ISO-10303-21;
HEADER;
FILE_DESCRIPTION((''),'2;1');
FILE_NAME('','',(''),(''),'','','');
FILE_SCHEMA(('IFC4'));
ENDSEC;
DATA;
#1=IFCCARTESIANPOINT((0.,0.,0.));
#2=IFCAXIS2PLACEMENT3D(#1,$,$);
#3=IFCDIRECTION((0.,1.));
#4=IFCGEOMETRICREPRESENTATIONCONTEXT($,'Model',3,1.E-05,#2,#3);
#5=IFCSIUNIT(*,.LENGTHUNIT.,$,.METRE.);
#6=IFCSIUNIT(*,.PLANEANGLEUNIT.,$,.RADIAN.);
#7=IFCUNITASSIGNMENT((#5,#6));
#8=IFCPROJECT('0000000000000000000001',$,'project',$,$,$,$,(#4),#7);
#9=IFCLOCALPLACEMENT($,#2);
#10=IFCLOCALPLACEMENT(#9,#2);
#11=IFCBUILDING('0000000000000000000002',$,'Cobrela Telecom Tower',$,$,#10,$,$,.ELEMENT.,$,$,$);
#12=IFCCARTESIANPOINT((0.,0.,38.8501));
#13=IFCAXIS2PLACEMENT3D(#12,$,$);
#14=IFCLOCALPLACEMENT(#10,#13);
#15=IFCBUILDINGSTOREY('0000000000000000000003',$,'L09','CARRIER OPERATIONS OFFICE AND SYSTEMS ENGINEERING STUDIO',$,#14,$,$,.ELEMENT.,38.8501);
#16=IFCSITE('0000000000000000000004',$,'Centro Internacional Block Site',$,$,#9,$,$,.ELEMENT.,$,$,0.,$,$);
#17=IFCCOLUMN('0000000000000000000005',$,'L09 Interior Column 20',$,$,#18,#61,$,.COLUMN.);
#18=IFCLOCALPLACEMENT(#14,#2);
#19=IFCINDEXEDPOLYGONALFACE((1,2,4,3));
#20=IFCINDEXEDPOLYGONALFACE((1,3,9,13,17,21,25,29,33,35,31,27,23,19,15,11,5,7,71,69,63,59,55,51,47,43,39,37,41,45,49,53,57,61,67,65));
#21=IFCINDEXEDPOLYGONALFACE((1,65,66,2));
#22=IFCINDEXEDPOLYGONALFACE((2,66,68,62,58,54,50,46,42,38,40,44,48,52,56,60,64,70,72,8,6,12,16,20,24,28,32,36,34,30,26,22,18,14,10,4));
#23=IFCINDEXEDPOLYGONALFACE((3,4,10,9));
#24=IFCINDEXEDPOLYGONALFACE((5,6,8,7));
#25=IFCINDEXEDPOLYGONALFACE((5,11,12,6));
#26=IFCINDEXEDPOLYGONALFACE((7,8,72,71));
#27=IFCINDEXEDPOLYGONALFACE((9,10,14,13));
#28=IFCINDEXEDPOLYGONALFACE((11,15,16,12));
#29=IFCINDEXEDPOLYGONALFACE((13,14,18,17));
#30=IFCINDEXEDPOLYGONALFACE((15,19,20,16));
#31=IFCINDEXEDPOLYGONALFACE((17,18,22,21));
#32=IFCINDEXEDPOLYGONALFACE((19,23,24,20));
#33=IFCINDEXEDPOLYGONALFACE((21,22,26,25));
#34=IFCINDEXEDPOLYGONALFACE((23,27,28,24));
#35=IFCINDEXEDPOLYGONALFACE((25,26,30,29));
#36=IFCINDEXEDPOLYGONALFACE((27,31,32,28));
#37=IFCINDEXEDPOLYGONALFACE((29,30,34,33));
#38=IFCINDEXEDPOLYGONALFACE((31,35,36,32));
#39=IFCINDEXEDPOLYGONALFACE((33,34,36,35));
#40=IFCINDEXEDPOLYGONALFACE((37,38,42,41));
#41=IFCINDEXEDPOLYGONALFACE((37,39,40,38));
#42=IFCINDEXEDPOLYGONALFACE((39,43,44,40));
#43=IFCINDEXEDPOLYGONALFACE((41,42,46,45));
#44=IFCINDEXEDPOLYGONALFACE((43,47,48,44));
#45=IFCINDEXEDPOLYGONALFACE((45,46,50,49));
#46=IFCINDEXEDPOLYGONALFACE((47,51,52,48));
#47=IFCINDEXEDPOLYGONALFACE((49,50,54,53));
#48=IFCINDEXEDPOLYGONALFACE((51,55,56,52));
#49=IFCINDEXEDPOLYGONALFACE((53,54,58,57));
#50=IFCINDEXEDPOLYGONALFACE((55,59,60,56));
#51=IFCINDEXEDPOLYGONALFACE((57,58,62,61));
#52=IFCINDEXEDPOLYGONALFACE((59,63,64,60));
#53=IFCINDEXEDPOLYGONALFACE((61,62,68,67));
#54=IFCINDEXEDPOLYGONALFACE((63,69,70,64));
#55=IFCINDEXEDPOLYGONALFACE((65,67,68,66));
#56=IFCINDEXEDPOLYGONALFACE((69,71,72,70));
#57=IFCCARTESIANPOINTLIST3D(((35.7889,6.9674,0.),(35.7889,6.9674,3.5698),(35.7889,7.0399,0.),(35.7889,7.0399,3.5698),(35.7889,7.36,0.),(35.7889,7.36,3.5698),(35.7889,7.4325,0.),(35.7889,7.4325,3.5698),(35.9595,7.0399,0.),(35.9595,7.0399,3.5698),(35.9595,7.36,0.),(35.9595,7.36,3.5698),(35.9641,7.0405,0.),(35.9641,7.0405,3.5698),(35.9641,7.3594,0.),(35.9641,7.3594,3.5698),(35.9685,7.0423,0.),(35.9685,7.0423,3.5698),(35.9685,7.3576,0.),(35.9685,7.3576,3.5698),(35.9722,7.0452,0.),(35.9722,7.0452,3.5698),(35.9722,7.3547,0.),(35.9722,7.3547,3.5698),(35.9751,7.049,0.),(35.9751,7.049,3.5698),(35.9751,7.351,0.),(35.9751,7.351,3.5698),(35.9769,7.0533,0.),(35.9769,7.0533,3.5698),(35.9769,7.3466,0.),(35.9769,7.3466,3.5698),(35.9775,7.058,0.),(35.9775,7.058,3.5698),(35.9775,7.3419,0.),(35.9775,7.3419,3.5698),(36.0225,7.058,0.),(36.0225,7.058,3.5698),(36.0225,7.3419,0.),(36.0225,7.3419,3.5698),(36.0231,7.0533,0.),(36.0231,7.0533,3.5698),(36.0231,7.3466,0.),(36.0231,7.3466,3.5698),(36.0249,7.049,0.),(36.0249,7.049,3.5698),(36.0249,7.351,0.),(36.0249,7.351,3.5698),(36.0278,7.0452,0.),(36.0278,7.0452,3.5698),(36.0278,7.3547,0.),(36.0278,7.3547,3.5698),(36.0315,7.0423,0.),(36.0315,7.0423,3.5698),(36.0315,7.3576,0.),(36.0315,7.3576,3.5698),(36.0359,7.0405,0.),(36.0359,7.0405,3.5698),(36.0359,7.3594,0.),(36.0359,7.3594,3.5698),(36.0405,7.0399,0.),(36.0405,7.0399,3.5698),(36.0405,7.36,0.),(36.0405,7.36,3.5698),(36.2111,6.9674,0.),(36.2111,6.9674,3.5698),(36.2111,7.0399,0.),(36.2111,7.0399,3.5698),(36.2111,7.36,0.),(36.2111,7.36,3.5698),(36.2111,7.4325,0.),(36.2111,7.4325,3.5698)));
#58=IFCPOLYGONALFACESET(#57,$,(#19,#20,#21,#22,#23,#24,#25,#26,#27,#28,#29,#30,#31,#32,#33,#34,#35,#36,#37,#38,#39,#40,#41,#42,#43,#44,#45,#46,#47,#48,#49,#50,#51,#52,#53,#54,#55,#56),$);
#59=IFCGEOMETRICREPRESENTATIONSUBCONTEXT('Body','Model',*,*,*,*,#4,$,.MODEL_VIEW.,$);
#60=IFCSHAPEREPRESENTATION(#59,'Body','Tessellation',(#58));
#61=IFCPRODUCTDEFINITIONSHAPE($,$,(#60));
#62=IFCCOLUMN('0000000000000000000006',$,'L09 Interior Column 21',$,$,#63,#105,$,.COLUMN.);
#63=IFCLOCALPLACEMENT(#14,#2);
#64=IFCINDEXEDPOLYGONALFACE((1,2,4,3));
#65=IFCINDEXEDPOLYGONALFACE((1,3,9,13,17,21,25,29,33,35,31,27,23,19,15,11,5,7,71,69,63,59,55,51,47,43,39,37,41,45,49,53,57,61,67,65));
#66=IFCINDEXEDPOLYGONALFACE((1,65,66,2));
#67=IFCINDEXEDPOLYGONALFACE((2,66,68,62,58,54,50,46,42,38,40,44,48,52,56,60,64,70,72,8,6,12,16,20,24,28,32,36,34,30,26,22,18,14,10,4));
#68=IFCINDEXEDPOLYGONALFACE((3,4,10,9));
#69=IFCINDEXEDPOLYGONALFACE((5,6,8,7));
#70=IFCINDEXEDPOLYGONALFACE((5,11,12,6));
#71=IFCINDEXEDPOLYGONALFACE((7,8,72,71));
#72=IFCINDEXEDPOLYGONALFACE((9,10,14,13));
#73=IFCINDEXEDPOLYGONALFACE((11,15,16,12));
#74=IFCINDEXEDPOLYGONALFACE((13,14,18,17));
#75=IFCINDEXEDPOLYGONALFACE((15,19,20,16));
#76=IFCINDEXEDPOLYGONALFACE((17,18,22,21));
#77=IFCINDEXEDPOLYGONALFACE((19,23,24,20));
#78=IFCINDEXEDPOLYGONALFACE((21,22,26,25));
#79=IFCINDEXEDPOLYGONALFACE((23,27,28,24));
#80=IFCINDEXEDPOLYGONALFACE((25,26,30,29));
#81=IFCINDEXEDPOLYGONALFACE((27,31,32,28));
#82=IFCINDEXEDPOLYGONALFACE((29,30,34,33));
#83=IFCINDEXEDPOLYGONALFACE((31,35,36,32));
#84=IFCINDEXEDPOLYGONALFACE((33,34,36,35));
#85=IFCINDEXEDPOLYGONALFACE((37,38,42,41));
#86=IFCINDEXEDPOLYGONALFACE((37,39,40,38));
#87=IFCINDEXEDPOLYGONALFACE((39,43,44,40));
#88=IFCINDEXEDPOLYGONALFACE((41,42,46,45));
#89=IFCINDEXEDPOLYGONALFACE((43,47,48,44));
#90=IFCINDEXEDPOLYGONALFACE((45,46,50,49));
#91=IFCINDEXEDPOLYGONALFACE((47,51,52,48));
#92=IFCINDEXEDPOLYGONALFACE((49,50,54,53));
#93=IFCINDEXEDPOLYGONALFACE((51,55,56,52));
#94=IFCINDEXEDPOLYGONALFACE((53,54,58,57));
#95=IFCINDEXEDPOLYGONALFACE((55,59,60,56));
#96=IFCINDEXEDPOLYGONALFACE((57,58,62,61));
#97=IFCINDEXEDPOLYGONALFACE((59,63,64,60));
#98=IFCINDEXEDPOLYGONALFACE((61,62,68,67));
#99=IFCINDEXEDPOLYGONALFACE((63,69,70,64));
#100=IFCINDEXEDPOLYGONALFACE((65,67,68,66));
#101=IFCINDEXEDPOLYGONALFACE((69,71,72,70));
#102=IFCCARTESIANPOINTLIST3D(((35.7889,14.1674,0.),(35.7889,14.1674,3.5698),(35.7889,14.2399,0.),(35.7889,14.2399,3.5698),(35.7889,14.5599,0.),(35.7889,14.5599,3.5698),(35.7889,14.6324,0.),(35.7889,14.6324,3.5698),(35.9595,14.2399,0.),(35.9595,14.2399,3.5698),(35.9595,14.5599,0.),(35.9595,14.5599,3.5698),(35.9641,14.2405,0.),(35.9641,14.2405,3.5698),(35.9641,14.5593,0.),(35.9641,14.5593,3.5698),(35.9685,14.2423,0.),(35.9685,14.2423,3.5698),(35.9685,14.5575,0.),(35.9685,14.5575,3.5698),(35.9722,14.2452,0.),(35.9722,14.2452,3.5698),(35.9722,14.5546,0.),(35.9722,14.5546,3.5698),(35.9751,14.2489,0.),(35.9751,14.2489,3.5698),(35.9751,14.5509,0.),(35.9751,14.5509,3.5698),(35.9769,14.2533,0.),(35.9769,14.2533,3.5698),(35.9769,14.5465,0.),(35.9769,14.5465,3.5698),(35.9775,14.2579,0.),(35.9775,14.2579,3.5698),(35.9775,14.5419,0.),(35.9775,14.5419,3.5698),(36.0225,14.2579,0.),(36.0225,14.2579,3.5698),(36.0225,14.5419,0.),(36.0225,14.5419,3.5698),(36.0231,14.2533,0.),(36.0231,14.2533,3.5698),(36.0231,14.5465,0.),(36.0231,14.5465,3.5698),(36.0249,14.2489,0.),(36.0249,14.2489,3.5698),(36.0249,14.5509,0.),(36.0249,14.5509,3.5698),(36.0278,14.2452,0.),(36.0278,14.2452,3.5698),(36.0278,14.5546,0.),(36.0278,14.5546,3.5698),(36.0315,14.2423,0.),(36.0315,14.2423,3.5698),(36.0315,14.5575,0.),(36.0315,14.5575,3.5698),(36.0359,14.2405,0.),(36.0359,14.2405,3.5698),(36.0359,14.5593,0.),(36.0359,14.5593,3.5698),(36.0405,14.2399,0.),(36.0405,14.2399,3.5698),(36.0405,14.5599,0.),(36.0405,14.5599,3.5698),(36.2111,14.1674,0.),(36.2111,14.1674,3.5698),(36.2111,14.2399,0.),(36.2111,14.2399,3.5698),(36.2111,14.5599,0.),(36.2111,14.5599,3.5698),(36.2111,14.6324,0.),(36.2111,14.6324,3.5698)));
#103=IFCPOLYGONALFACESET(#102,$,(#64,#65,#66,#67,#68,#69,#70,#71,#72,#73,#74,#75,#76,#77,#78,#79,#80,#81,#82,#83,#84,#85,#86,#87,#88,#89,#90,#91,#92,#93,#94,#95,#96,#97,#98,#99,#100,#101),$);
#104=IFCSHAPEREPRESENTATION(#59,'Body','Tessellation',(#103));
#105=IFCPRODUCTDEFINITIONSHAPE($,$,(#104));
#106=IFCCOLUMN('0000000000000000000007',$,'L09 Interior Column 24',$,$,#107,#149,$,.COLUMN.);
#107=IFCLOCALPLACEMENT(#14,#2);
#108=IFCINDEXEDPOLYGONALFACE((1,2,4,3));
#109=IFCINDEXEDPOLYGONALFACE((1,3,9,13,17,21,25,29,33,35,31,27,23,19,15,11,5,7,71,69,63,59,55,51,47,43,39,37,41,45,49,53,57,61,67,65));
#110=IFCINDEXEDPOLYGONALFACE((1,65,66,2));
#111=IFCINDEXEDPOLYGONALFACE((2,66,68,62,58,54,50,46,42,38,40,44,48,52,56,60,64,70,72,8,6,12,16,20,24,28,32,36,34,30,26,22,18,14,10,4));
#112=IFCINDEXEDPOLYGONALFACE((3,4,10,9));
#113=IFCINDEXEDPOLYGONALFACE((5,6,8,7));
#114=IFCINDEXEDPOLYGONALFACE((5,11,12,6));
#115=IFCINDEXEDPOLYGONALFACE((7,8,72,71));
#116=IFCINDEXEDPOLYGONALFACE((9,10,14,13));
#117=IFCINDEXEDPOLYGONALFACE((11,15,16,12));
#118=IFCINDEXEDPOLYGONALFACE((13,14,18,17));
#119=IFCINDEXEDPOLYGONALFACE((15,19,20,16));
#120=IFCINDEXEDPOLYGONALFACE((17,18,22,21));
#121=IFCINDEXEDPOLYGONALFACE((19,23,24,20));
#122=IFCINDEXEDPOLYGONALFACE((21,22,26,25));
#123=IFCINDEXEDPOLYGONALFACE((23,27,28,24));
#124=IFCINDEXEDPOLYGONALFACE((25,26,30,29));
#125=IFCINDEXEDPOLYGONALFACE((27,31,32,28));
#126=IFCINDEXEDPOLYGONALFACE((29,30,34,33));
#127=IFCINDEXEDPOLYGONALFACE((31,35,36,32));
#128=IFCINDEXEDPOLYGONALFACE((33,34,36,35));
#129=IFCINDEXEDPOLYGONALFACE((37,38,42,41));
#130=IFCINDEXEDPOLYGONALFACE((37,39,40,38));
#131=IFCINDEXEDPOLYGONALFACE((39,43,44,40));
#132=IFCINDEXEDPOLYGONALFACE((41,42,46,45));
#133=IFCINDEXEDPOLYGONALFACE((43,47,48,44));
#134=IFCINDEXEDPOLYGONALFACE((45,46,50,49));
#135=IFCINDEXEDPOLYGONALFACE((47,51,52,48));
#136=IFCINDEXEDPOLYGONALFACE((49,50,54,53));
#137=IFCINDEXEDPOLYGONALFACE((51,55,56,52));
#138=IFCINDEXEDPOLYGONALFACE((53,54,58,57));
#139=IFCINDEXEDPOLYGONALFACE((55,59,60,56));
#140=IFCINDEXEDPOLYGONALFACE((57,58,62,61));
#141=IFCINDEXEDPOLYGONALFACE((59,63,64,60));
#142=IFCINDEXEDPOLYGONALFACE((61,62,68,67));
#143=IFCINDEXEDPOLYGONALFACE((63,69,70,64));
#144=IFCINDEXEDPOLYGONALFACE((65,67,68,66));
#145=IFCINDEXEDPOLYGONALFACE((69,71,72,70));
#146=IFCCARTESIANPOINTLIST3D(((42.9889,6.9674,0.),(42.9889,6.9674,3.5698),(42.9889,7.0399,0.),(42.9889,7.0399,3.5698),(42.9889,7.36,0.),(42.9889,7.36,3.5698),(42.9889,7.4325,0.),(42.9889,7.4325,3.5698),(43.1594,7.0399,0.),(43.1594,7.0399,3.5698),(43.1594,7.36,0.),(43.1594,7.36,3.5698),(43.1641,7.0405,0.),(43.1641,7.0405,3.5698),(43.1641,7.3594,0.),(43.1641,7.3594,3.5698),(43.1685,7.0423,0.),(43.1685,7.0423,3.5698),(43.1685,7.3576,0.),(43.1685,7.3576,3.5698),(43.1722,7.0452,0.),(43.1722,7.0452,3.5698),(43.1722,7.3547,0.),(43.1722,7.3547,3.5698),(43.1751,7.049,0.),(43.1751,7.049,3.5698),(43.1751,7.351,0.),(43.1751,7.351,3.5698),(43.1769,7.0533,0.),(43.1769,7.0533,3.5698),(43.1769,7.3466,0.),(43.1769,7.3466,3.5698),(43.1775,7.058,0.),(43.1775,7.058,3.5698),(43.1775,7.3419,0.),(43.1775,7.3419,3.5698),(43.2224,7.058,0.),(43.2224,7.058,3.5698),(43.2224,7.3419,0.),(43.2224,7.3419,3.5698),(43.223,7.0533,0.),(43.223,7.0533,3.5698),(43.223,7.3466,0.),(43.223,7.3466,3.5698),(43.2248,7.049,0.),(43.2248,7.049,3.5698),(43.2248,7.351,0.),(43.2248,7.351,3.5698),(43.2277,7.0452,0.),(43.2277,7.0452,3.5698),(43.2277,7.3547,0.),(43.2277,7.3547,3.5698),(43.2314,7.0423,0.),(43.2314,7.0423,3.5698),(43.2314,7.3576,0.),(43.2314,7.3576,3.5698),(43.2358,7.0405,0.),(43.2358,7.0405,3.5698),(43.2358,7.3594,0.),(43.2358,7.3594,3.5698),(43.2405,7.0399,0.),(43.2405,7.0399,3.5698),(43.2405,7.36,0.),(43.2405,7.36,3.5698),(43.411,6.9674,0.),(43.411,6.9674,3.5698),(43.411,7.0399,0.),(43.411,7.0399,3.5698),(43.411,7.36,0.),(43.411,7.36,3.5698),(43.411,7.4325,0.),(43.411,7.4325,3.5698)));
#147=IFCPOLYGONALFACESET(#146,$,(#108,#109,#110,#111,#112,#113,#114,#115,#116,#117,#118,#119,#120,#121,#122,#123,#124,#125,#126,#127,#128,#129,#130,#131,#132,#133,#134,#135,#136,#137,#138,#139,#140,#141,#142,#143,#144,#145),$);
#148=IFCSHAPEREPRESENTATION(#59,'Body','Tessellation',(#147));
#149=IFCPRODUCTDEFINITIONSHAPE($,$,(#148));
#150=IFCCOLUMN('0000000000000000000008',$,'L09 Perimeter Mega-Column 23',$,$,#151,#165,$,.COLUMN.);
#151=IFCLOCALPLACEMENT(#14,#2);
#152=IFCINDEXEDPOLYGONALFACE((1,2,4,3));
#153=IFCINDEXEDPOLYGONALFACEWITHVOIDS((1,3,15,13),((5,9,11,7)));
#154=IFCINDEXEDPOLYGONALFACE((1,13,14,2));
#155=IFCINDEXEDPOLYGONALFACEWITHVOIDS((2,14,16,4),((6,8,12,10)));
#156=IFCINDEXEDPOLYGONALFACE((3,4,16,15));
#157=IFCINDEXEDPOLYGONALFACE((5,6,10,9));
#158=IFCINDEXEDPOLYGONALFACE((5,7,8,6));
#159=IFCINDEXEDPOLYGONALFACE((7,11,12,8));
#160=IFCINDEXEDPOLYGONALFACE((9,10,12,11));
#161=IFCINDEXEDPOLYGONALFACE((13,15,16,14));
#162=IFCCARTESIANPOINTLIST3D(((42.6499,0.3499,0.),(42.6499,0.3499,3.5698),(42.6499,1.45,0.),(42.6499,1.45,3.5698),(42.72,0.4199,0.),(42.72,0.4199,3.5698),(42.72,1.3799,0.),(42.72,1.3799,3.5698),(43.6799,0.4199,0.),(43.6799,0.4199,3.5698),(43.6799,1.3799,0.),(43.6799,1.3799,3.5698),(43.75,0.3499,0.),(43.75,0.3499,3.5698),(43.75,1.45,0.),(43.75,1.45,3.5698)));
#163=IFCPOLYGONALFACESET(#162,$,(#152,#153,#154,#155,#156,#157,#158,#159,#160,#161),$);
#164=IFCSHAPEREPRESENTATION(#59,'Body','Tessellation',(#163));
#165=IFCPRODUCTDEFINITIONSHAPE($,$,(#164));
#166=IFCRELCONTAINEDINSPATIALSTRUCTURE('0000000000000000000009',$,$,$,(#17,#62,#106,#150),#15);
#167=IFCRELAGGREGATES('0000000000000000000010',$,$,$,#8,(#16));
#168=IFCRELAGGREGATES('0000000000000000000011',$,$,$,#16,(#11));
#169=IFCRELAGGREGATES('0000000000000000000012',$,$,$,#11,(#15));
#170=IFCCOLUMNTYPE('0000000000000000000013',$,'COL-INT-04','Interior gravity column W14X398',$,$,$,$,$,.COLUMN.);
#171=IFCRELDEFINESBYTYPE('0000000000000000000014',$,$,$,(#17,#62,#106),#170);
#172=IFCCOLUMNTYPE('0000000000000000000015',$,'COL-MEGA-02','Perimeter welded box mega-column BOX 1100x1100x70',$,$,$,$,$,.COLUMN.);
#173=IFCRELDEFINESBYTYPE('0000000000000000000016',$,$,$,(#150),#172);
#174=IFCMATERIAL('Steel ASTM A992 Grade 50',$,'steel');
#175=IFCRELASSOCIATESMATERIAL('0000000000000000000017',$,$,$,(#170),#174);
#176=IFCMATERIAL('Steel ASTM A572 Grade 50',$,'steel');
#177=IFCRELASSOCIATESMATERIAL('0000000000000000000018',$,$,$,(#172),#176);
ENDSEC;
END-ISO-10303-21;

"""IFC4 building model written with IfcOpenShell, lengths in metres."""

from ifc_helpers import new_model, si_unit, direction, frame, origin, origin_2d, place, context, subcontext, project, spatial, hollow_rectangle, i_section, extrude, material, material_profile, profile_set, type_object, element, save


model = new_model("IFC4")

# Units and contexts
model_context = context("Model", 3, precision=1e-05, world=origin(), true_north=direction((0.0, 1.0)))
body_context = subcontext(model_context, "Body", "Model", "MODEL_VIEW")
ifc_project = project(units=[si_unit("LENGTHUNIT", "METRE"), si_unit("PLANEANGLEUNIT", "RADIAN")], contexts=[model_context])

# Site, building, storey
site_placement = place(None, origin())
site = spatial("IfcSite", under=ifc_project, at=site_placement, Name="Centro Internacional Block Site", CompositionType="ELEMENT", RefElevation=0.0)
building_placement = place(site_placement, origin())
building = spatial("IfcBuilding", under=site, at=building_placement, Name="Cobrela Telecom Tower", CompositionType="ELEMENT")
storey_placement = place(building_placement, frame((0.0, 0.0, 38.8501)))
storey = spatial("IfcBuildingStorey", under=building, at=storey_placement, Name="L09", Description="CARRIER OPERATIONS OFFICE AND SYSTEMS ENGINEERING STUDIO", CompositionType="ELEMENT", Elevation=38.8501)

# Columns
ifc_material_1 = material(Name="Steel ASTM A992 Grade 50", Category="steel")
ifc_material_profile_1 = material_profile(ifc_material_1, i_section(OverallWidth=0.4221, OverallDepth=0.4651, WebThickness=0.0449, FlangeThickness=0.0725, FilletRadius=0.0181, at=origin_2d()), Name="W14X398")
ifc_profile_set_1 = profile_set([ifc_material_profile_1], Name="Steel ASTM A992 Grade 50")
column_type_1 = type_object("IfcColumnType", Name="COL-INT-04", Description="Interior gravity column W14X398", PredefinedType="COLUMN", material=ifc_profile_set_1)
for number, where, z_axis, x_axis, name in (
    (1, (36.0, 7.2, 0.0), (0.0, 0.0, 1.0), (1.0, 0.0, 0.0), "L09 Interior Column 20"),
    (2, (36.0, 14.3999, 0.0), (0.0, 0.0, 1.0), (1.0, 0.0, 0.0), "L09 Interior Column 21"),
    (3, (43.2, 7.2, 0.0), (0.0, 0.0, 1.0), (1.0, 0.0, 0.0), "L09 Interior Column 24"),
):
    element("IfcColumn", number, at=place(storey_placement, frame(where, z_axis=z_axis, x_axis=x_axis)), inside=storey, type_object=column_type_1, Name=name, PredefinedType="COLUMN", context=body_context, shape_type="SweptSolid", body=[
        extrude(i_section(OverallWidth=0.4221, OverallDepth=0.4651, WebThickness=0.0449, FlangeThickness=0.0725, FilletRadius=0.0181, at=origin_2d()), origin(), (0.0, 0.0, 1.0), 3.5698),
    ])
ifc_material_2 = material(Name="Steel ASTM A572 Grade 50", Category="steel")
ifc_material_profile_2 = material_profile(ifc_material_2, hollow_rectangle(XDim=1.1001, YDim=1.1001, WallThickness=0.0701, at=origin_2d()), Name="BOX 1100x1100x70")
ifc_profile_set_2 = profile_set([ifc_material_profile_2], Name="Steel ASTM A572 Grade 50")
column_type_2 = type_object("IfcColumnType", Name="COL-MEGA-02", Description="Perimeter welded box mega-column BOX 1100x1100x70", PredefinedType="COLUMN", material=ifc_profile_set_2)
column_placement = place(storey_placement, frame((43.2, 0.8999, 0.0), z_axis=(0.0, 0.0, 1.0), x_axis=(1.0, 0.0, 0.0)))
element("IfcColumn", 4, at=column_placement, inside=storey, type_object=column_type_2, Name="L09 Perimeter Mega-Column 23", PredefinedType="COLUMN", context=body_context, shape_type="SweptSolid", body=[
    extrude(hollow_rectangle(XDim=1.1001, YDim=1.1001, WallThickness=0.0701, at=origin_2d()), origin(), (0.0, 0.0, 1.0), 3.5698),
])

save(model, "model.ifc")
